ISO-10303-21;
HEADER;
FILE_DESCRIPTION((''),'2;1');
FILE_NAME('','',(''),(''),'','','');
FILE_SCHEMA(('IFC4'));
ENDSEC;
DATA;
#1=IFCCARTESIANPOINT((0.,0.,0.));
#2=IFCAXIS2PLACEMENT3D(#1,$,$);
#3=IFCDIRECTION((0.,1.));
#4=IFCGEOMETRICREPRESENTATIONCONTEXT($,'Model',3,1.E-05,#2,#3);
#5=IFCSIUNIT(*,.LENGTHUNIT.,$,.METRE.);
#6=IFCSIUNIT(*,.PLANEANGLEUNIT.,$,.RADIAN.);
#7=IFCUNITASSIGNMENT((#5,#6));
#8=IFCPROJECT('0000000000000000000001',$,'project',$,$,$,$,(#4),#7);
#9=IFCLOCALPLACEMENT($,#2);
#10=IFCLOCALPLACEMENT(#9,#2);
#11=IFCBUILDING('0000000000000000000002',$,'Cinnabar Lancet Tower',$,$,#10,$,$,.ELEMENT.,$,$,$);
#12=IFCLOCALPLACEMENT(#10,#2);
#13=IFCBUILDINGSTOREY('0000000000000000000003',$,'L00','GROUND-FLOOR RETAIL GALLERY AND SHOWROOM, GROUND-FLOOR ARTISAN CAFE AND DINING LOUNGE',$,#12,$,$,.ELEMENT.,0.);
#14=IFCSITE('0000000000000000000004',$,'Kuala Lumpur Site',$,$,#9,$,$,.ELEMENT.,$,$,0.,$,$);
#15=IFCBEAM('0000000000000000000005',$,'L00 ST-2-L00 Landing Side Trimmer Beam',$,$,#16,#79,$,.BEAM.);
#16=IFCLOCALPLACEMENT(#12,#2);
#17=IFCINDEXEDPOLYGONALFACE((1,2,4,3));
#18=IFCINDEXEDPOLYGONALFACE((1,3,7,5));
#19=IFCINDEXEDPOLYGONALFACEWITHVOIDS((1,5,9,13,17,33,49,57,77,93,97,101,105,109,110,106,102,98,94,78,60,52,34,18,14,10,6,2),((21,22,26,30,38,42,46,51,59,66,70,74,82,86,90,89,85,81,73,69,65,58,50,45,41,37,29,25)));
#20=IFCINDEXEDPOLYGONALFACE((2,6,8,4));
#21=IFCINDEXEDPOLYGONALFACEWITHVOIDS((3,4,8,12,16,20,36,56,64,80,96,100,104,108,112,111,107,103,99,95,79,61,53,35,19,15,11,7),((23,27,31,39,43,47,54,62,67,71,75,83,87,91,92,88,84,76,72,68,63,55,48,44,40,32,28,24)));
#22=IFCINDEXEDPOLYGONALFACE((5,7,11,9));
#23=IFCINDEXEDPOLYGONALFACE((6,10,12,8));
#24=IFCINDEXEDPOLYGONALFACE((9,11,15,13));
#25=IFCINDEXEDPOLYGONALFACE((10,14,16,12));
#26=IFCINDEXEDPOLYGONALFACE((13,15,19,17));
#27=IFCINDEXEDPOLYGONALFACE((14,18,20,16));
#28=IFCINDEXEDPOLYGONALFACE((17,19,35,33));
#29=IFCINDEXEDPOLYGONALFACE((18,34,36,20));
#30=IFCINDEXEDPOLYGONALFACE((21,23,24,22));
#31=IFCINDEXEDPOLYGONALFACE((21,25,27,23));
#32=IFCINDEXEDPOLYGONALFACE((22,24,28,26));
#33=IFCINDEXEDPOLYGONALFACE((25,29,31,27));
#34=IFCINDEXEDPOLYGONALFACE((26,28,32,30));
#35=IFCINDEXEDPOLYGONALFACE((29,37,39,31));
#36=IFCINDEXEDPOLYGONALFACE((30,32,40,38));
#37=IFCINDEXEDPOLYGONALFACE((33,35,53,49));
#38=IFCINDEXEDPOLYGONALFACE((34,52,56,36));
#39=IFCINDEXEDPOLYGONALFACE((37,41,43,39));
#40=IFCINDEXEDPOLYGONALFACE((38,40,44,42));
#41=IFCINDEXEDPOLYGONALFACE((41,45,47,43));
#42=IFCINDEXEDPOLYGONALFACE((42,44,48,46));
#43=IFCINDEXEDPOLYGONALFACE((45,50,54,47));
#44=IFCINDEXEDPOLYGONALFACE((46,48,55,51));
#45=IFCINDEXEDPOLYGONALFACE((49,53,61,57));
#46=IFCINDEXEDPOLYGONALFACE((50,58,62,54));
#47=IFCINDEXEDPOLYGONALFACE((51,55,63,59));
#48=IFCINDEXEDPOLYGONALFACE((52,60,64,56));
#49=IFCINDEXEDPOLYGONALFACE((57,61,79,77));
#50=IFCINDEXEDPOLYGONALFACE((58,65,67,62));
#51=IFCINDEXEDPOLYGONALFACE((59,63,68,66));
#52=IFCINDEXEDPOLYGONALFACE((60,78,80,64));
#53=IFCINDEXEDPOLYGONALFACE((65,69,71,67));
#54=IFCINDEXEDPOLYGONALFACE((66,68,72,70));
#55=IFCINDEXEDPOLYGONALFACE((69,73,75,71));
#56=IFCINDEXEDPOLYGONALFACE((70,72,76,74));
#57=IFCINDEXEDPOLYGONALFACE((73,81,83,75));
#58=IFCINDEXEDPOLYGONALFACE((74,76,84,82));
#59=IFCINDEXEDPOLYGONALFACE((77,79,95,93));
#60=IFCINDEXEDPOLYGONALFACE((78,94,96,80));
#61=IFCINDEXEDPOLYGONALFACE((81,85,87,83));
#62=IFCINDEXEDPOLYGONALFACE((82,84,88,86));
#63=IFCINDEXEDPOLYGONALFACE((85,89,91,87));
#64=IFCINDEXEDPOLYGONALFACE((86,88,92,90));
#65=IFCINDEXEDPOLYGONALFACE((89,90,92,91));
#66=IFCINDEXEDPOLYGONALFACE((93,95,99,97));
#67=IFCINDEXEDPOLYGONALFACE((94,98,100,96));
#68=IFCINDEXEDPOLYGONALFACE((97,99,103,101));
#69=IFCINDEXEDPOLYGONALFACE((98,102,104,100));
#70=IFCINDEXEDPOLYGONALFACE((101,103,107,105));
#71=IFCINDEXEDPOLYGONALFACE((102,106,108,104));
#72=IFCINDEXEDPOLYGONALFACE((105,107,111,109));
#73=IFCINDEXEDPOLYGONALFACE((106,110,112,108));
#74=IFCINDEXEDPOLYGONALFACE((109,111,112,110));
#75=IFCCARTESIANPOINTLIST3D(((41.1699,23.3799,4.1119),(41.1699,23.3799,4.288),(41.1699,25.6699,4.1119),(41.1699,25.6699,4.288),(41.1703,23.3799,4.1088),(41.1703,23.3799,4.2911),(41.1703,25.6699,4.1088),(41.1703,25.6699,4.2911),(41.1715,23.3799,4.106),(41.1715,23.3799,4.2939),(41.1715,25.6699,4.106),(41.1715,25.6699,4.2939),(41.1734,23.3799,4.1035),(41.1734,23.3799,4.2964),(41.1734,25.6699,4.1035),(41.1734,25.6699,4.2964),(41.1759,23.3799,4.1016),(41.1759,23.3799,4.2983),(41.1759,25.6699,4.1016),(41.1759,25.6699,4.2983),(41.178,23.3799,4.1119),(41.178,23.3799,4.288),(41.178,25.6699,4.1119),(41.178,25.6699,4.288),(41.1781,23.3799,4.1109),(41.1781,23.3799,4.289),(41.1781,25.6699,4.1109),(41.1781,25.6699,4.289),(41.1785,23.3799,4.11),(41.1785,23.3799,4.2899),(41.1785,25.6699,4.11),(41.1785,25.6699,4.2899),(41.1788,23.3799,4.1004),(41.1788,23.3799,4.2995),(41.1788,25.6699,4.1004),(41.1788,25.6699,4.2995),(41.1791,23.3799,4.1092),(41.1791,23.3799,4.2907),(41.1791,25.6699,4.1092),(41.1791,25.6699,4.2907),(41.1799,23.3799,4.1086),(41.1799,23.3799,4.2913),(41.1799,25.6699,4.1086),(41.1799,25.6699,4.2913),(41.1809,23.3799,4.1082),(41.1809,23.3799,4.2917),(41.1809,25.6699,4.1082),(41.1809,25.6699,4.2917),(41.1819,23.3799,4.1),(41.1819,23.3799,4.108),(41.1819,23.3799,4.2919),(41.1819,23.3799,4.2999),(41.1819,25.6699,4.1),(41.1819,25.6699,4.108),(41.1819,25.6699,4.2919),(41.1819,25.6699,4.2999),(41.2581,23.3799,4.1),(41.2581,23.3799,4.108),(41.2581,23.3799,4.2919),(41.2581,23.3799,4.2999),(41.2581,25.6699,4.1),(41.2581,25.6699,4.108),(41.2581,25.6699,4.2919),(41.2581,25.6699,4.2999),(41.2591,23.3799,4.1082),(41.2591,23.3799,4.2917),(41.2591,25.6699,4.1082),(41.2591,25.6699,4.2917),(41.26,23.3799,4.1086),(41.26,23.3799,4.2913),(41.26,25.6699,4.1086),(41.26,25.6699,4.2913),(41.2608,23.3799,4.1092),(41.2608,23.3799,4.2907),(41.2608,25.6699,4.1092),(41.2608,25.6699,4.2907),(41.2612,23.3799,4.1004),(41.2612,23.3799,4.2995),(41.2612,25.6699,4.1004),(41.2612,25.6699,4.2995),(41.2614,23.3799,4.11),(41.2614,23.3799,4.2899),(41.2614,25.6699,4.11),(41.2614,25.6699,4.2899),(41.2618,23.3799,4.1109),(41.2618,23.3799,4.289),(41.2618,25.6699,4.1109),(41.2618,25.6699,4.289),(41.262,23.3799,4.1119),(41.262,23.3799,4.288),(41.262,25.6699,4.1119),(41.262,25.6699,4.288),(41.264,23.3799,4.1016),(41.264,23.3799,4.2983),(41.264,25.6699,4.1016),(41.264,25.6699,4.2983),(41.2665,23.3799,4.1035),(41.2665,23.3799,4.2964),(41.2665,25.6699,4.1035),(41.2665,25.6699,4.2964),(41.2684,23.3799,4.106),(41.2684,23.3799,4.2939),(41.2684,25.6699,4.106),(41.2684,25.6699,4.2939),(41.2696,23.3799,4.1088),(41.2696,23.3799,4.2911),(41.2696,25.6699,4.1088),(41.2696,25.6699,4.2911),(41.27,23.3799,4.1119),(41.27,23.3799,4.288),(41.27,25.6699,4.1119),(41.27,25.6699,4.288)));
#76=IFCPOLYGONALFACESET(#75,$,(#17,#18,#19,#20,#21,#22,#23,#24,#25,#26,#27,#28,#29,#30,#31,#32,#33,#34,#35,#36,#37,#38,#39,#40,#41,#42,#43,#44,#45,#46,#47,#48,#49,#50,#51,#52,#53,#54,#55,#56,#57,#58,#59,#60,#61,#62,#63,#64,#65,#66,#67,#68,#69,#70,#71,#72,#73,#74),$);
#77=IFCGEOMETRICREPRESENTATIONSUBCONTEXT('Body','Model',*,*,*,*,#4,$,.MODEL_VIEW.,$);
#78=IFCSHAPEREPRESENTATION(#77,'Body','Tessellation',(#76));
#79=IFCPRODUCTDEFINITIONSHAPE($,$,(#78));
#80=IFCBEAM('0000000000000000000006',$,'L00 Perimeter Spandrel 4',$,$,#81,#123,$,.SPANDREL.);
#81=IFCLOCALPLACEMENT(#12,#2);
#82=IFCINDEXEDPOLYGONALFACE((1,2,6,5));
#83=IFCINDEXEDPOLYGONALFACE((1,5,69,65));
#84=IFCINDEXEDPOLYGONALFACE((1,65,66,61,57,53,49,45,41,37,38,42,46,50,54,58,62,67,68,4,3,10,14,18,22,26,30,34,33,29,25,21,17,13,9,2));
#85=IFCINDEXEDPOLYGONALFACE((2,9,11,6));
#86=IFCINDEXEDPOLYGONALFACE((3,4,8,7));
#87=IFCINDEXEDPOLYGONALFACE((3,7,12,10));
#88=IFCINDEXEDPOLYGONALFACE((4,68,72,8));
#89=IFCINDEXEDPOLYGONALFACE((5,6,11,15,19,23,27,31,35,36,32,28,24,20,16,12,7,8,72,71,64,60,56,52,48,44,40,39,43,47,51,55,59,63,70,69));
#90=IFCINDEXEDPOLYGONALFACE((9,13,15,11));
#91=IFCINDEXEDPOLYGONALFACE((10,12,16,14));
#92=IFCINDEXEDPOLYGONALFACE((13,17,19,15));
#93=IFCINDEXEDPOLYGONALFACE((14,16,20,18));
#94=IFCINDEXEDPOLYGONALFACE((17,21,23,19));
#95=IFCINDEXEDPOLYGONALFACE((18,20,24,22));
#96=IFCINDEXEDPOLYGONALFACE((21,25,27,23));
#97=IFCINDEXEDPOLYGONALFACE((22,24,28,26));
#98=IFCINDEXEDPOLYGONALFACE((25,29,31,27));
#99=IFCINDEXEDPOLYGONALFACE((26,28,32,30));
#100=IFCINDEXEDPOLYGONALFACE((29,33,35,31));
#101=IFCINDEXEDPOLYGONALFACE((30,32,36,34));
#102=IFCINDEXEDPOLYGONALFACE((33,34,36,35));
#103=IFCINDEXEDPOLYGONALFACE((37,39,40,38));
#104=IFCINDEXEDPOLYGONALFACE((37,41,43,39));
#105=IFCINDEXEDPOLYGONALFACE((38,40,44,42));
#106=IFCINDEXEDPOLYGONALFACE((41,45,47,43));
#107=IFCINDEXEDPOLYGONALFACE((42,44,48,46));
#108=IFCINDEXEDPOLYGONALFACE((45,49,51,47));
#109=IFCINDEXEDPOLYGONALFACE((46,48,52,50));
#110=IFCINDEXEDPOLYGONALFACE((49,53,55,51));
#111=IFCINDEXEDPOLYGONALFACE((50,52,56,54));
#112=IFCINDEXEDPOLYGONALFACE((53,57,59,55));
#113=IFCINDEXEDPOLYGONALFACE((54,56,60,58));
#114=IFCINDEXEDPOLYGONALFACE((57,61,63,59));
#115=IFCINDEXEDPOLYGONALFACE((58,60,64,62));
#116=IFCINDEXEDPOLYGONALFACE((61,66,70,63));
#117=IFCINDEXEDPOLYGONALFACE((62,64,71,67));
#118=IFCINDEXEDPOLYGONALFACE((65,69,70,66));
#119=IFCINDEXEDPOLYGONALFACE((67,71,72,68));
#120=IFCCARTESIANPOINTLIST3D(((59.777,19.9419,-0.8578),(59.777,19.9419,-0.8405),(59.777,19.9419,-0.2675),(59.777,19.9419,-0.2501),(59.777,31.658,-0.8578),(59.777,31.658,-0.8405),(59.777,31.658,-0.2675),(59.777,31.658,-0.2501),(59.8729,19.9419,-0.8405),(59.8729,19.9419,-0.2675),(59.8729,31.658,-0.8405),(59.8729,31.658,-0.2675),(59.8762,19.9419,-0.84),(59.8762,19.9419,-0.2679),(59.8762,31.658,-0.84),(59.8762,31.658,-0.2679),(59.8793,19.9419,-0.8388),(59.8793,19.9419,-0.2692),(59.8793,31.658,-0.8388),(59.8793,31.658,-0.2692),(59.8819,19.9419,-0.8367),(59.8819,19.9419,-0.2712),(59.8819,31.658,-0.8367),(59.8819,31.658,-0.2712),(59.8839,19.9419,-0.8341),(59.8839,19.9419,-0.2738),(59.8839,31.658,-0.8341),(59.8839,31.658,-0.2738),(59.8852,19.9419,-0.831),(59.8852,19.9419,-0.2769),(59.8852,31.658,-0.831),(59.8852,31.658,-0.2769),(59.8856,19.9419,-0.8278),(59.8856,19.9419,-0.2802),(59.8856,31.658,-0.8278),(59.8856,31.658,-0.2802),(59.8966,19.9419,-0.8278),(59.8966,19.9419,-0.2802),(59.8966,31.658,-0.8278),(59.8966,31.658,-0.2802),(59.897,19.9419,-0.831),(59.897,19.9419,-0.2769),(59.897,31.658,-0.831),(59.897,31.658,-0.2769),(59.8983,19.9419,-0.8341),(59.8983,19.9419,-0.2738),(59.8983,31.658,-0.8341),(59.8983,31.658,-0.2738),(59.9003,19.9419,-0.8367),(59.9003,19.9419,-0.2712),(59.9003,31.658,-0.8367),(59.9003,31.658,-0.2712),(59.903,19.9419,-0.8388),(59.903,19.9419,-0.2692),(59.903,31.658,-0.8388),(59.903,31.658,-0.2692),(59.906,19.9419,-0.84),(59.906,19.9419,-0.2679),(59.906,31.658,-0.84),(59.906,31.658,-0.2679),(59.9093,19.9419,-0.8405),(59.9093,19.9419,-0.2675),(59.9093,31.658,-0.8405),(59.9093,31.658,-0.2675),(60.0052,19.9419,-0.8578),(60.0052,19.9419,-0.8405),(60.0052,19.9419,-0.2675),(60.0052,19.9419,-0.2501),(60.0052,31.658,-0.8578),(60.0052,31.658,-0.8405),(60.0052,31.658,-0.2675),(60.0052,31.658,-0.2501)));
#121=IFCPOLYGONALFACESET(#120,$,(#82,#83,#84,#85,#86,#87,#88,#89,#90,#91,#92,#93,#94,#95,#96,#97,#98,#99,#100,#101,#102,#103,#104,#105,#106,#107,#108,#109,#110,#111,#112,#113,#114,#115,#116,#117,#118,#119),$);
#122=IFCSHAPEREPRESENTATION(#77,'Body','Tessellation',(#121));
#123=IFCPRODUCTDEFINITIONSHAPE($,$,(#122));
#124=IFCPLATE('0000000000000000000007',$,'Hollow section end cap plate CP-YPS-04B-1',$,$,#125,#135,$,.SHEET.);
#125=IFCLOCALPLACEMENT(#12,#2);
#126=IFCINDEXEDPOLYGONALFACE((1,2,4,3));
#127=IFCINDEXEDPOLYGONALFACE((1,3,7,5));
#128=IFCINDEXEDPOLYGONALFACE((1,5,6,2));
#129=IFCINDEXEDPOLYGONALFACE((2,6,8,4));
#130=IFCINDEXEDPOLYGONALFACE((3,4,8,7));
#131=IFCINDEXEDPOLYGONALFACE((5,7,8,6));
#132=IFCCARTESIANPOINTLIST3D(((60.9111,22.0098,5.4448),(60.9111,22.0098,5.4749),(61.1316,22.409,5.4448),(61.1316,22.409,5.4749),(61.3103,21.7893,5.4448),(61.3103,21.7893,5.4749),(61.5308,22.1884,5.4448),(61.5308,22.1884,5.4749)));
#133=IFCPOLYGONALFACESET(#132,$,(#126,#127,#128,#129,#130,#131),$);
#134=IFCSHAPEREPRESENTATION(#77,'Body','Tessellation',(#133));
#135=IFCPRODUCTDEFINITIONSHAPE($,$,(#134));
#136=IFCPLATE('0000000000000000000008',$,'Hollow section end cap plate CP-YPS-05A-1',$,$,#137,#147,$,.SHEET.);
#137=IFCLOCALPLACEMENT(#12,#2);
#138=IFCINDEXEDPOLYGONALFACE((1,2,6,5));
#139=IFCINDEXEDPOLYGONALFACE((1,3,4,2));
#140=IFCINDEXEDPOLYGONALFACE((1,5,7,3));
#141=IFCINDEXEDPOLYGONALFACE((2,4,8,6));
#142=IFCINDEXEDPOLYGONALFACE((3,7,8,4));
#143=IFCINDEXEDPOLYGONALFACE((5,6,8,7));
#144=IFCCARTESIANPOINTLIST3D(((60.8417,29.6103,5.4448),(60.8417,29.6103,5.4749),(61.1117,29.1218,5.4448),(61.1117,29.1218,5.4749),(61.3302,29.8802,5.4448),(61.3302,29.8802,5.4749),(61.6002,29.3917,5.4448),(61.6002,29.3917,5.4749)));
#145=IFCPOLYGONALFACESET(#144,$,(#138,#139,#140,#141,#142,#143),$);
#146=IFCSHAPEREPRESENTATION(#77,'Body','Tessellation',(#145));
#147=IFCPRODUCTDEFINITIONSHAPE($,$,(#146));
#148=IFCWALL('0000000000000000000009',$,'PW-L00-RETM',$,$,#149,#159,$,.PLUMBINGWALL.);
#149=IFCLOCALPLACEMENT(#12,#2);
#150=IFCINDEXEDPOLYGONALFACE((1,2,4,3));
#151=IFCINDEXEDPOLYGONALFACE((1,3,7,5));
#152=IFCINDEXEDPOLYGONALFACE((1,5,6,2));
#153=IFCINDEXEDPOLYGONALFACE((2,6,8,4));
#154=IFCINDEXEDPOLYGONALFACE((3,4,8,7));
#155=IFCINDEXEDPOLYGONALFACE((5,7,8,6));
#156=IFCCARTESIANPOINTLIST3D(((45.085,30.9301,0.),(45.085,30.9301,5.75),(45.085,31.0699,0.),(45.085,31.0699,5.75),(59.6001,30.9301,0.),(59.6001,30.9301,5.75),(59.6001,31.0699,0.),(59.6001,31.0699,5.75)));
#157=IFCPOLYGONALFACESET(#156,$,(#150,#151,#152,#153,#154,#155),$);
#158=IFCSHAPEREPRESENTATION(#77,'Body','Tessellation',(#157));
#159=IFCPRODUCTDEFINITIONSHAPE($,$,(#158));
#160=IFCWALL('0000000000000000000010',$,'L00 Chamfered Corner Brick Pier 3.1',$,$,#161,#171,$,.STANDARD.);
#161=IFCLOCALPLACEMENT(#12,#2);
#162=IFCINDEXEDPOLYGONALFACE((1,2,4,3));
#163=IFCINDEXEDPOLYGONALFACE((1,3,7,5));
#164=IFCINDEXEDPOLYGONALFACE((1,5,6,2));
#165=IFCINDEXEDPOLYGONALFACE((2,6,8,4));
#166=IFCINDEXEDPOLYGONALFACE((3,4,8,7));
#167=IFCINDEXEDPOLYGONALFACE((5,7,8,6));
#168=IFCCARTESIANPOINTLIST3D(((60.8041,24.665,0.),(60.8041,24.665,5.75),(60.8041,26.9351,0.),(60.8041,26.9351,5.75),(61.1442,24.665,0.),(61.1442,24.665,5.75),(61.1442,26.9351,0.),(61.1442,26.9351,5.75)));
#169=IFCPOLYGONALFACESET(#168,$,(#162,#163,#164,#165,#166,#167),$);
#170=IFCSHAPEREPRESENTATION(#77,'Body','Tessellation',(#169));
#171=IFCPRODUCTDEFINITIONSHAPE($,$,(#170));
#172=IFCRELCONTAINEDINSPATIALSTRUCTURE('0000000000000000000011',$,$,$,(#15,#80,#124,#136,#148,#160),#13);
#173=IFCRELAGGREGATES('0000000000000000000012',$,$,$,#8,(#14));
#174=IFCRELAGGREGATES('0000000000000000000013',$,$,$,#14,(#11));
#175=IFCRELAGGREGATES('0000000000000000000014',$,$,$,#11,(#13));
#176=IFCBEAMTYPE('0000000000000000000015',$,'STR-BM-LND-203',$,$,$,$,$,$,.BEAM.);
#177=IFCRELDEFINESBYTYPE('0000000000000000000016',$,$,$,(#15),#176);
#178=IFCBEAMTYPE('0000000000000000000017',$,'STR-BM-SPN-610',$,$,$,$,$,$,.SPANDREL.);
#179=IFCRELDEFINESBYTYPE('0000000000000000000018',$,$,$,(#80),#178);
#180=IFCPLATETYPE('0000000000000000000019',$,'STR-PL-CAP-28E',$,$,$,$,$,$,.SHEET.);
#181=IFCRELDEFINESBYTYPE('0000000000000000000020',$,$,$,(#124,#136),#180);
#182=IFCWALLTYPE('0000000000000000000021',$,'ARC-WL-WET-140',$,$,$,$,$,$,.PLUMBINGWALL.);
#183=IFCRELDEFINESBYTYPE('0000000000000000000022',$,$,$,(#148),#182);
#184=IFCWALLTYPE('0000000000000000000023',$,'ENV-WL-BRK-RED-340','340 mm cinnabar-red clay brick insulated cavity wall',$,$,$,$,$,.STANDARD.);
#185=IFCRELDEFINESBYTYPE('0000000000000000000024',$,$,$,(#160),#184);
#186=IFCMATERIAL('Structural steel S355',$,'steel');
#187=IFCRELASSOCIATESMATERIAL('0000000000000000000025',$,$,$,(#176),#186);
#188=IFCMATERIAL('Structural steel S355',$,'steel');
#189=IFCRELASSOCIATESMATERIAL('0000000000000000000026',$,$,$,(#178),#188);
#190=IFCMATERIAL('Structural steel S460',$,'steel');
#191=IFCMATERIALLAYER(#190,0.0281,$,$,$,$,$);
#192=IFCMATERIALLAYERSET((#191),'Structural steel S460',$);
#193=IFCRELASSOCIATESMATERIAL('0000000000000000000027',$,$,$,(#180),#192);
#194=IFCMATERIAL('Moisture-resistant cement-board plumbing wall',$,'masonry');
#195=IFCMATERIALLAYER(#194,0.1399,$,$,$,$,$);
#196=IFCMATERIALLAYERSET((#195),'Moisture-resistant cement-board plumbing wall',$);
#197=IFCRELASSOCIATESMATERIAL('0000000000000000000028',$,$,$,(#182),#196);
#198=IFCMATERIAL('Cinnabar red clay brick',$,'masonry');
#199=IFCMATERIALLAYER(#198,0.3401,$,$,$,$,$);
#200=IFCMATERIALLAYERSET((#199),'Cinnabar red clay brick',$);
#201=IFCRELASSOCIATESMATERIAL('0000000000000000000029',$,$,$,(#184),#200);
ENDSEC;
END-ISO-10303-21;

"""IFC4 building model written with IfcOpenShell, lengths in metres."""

from ifc_helpers import new_model, si_unit, direction, frame, frame_2d, origin, origin_2d, place, context, subcontext, project, spatial, rectangle, hollow_rectangle, i_section, extrude, material, layer, layer_set, material_profile, profile_set, type_object, element, save


model = new_model("IFC4")

# Units and contexts
model_context = context("Model", 3, precision=1e-05, world=origin(), true_north=direction((0.0, 1.0)))
body_context = subcontext(model_context, "Body", "Model", "MODEL_VIEW")
ifc_project = project(units=[si_unit("LENGTHUNIT", "METRE"), si_unit("PLANEANGLEUNIT", "RADIAN")], contexts=[model_context])

# Site, building, storey
site_placement = place(None, origin())
site = spatial("IfcSite", under=ifc_project, at=site_placement, Name="Kuala Lumpur Site", CompositionType="ELEMENT", RefElevation=0.0)
building_placement = place(site_placement, origin())
building = spatial("IfcBuilding", under=site, at=building_placement, Name="Cinnabar Lancet Tower", CompositionType="ELEMENT")
storey_placement = place(building_placement, origin())
storey = spatial("IfcBuildingStorey", under=building, at=storey_placement, Name="L00", Description="GROUND-FLOOR RETAIL GALLERY AND SHOWROOM, GROUND-FLOOR ARTISAN CAFE AND DINING LOUNGE", CompositionType="ELEMENT", Elevation=0.0)

# Beams
ifc_material_1 = material(Name="Structural steel S355", Category="steel")
ifc_material_profile_1 = material_profile(ifc_material_1, hollow_rectangle(XDim=0.1001, YDim=0.2, WallThickness=0.0081, InnerFilletRadius=0.0039, OuterFilletRadius=0.012, at=origin_2d()), Name="RHS 200x100x8")
ifc_profile_set_1 = profile_set([ifc_material_profile_1], Name="Structural steel S355")
beam_type_1 = type_object("IfcBeamType", Name="STR-BM-LND-203", PredefinedType="BEAM", material=ifc_profile_set_1)
beam_1_placement = place(storey_placement, frame((41.22, 23.3799, 4.2), z_axis=(0.0, 1.0, 0.0), x_axis=(-1.0, 0.0, 0.0)))
element("IfcBeam", 1, at=beam_1_placement, inside=storey, type_object=beam_type_1, Name="L00 ST-2-L00 Landing Side Trimmer Beam", PredefinedType="BEAM", context=body_context, shape_type="SweptSolid", body=[
    extrude(hollow_rectangle(XDim=0.1001, YDim=0.2, WallThickness=0.0081, InnerFilletRadius=0.0039, OuterFilletRadius=0.012, at=origin_2d()), origin(), (0.0, 0.0, 1.0), 2.29),
])
ifc_material_2 = material(Name="Structural steel S355", Category="steel")
ifc_material_profile_2 = material_profile(ifc_material_2, i_section(OverallWidth=0.2283, OverallDepth=0.6077, WebThickness=0.011, FlangeThickness=0.0173, FilletRadius=0.0127, at=origin_2d()), Name="UKB 610x229x113")
ifc_profile_set_2 = profile_set([ifc_material_profile_2], Name="Structural steel S355")
beam_type_2 = type_object("IfcBeamType", Name="STR-BM-SPN-610", PredefinedType="SPANDREL", material=ifc_profile_set_2)
beam_2_placement = place(storey_placement, frame((59.8911, 19.9419, -0.554), z_axis=(0.0, 1.0, 0.0), x_axis=(-1.0, 0.0, 0.0)))
element("IfcBeam", 2, at=beam_2_placement, inside=storey, type_object=beam_type_2, Name="L00 Perimeter Spandrel 4", PredefinedType="SPANDREL", context=body_context, shape_type="SweptSolid", body=[
    extrude(i_section(OverallWidth=0.2283, OverallDepth=0.6077, WebThickness=0.011, FlangeThickness=0.0173, FilletRadius=0.0127, at=origin_2d()), origin(), (0.0, 0.0, 1.0), 11.7161),
])

# Plates
ifc_material_3 = material(Name="Structural steel S460", Category="steel")
ifc_layer_1 = layer(ifc_material_3, 0.0281)
ifc_layer_set_1 = layer_set([ifc_layer_1], Name="Structural steel S460")
plate_type = type_object("IfcPlateType", Name="STR-PL-CAP-28E", PredefinedType="SHEET", material=ifc_layer_set_1)
plate_1_placement = place(storey_placement, frame((61.2209, 22.0991, 5.4448), z_axis=(0.0, 0.0, 1.0), x_axis=(0.483634, 0.87527, 0.0)))
element("IfcPlate", 3, at=plate_1_placement, inside=storey, type_object=plate_type, Name="Hollow section end cap plate CP-YPS-04B-1", PredefinedType="SHEET", context=body_context, shape_type="SweptSolid", body=[
    extrude(rectangle(XDim=0.4561, YDim=0.4561, at=origin_2d()), origin(), (0.0, 0.0, 1.0), 0.03),
])
plate_2_placement = place(storey_placement, frame((61.2209, 29.501, 5.4448), z_axis=(0.0, 0.0, 1.0), x_axis=(0.483634, -0.87527, 0.0)))
element("IfcPlate", 4, at=plate_2_placement, inside=storey, type_object=plate_type, Name="Hollow section end cap plate CP-YPS-05A-1", PredefinedType="SHEET", context=body_context, shape_type="SweptSolid", body=[
    extrude(rectangle(XDim=0.5581, YDim=0.5581, at=origin_2d()), origin(), (0.0, 0.0, 1.0), 0.03),
])

# Walls
ifc_material_4 = material(Name="Moisture-resistant cement-board plumbing wall", Category="masonry")
ifc_layer_2 = layer(ifc_material_4, 0.1399)
ifc_layer_set_2 = layer_set([ifc_layer_2], Name="Moisture-resistant cement-board plumbing wall")
wall_type_1 = type_object("IfcWallType", Name="ARC-WL-WET-140", PredefinedType="PLUMBINGWALL", material=ifc_layer_set_2)
wall_1_placement = place(storey_placement, frame((45.085, 31.0, 0.0), z_axis=(0.0, 0.0, 1.0), x_axis=(1.0, 0.0, 0.0)))
element("IfcWall", 5, at=wall_1_placement, inside=storey, type_object=wall_type_1, Name="PW-L00-RETM", PredefinedType="PLUMBINGWALL", context=body_context, shape_type="SweptSolid", body=[
    extrude(rectangle(XDim=14.5151, YDim=0.1399, at=frame_2d((7.2576, 0.0))), origin(), (0.0, 0.0, 1.0), 5.75),
])
ifc_material_5 = material(Name="Cinnabar red clay brick", Category="masonry")
ifc_layer_3 = layer(ifc_material_5, 0.3401)
ifc_layer_set_3 = layer_set([ifc_layer_3], Name="Cinnabar red clay brick")
wall_type_2 = type_object("IfcWallType", Name="ENV-WL-BRK-RED-340", Description="340 mm cinnabar-red clay brick insulated cavity wall", PredefinedType="STANDARD", material=ifc_layer_set_3)
wall_2_placement = place(storey_placement, frame((60.9741, 26.9351, 0.0), z_axis=(0.0, 0.0, 1.0), x_axis=(0.0, -1.0, 0.0)))
element("IfcWall", 6, at=wall_2_placement, inside=storey, type_object=wall_type_2, Name="L00 Chamfered Corner Brick Pier 3.1", PredefinedType="STANDARD", context=body_context, shape_type="SweptSolid", body=[
    extrude(rectangle(XDim=2.27, YDim=0.3401, at=frame_2d((1.135, 0.0))), origin(), (0.0, 0.0, 1.0), 5.75),
])

save(model, "model.ifc")
